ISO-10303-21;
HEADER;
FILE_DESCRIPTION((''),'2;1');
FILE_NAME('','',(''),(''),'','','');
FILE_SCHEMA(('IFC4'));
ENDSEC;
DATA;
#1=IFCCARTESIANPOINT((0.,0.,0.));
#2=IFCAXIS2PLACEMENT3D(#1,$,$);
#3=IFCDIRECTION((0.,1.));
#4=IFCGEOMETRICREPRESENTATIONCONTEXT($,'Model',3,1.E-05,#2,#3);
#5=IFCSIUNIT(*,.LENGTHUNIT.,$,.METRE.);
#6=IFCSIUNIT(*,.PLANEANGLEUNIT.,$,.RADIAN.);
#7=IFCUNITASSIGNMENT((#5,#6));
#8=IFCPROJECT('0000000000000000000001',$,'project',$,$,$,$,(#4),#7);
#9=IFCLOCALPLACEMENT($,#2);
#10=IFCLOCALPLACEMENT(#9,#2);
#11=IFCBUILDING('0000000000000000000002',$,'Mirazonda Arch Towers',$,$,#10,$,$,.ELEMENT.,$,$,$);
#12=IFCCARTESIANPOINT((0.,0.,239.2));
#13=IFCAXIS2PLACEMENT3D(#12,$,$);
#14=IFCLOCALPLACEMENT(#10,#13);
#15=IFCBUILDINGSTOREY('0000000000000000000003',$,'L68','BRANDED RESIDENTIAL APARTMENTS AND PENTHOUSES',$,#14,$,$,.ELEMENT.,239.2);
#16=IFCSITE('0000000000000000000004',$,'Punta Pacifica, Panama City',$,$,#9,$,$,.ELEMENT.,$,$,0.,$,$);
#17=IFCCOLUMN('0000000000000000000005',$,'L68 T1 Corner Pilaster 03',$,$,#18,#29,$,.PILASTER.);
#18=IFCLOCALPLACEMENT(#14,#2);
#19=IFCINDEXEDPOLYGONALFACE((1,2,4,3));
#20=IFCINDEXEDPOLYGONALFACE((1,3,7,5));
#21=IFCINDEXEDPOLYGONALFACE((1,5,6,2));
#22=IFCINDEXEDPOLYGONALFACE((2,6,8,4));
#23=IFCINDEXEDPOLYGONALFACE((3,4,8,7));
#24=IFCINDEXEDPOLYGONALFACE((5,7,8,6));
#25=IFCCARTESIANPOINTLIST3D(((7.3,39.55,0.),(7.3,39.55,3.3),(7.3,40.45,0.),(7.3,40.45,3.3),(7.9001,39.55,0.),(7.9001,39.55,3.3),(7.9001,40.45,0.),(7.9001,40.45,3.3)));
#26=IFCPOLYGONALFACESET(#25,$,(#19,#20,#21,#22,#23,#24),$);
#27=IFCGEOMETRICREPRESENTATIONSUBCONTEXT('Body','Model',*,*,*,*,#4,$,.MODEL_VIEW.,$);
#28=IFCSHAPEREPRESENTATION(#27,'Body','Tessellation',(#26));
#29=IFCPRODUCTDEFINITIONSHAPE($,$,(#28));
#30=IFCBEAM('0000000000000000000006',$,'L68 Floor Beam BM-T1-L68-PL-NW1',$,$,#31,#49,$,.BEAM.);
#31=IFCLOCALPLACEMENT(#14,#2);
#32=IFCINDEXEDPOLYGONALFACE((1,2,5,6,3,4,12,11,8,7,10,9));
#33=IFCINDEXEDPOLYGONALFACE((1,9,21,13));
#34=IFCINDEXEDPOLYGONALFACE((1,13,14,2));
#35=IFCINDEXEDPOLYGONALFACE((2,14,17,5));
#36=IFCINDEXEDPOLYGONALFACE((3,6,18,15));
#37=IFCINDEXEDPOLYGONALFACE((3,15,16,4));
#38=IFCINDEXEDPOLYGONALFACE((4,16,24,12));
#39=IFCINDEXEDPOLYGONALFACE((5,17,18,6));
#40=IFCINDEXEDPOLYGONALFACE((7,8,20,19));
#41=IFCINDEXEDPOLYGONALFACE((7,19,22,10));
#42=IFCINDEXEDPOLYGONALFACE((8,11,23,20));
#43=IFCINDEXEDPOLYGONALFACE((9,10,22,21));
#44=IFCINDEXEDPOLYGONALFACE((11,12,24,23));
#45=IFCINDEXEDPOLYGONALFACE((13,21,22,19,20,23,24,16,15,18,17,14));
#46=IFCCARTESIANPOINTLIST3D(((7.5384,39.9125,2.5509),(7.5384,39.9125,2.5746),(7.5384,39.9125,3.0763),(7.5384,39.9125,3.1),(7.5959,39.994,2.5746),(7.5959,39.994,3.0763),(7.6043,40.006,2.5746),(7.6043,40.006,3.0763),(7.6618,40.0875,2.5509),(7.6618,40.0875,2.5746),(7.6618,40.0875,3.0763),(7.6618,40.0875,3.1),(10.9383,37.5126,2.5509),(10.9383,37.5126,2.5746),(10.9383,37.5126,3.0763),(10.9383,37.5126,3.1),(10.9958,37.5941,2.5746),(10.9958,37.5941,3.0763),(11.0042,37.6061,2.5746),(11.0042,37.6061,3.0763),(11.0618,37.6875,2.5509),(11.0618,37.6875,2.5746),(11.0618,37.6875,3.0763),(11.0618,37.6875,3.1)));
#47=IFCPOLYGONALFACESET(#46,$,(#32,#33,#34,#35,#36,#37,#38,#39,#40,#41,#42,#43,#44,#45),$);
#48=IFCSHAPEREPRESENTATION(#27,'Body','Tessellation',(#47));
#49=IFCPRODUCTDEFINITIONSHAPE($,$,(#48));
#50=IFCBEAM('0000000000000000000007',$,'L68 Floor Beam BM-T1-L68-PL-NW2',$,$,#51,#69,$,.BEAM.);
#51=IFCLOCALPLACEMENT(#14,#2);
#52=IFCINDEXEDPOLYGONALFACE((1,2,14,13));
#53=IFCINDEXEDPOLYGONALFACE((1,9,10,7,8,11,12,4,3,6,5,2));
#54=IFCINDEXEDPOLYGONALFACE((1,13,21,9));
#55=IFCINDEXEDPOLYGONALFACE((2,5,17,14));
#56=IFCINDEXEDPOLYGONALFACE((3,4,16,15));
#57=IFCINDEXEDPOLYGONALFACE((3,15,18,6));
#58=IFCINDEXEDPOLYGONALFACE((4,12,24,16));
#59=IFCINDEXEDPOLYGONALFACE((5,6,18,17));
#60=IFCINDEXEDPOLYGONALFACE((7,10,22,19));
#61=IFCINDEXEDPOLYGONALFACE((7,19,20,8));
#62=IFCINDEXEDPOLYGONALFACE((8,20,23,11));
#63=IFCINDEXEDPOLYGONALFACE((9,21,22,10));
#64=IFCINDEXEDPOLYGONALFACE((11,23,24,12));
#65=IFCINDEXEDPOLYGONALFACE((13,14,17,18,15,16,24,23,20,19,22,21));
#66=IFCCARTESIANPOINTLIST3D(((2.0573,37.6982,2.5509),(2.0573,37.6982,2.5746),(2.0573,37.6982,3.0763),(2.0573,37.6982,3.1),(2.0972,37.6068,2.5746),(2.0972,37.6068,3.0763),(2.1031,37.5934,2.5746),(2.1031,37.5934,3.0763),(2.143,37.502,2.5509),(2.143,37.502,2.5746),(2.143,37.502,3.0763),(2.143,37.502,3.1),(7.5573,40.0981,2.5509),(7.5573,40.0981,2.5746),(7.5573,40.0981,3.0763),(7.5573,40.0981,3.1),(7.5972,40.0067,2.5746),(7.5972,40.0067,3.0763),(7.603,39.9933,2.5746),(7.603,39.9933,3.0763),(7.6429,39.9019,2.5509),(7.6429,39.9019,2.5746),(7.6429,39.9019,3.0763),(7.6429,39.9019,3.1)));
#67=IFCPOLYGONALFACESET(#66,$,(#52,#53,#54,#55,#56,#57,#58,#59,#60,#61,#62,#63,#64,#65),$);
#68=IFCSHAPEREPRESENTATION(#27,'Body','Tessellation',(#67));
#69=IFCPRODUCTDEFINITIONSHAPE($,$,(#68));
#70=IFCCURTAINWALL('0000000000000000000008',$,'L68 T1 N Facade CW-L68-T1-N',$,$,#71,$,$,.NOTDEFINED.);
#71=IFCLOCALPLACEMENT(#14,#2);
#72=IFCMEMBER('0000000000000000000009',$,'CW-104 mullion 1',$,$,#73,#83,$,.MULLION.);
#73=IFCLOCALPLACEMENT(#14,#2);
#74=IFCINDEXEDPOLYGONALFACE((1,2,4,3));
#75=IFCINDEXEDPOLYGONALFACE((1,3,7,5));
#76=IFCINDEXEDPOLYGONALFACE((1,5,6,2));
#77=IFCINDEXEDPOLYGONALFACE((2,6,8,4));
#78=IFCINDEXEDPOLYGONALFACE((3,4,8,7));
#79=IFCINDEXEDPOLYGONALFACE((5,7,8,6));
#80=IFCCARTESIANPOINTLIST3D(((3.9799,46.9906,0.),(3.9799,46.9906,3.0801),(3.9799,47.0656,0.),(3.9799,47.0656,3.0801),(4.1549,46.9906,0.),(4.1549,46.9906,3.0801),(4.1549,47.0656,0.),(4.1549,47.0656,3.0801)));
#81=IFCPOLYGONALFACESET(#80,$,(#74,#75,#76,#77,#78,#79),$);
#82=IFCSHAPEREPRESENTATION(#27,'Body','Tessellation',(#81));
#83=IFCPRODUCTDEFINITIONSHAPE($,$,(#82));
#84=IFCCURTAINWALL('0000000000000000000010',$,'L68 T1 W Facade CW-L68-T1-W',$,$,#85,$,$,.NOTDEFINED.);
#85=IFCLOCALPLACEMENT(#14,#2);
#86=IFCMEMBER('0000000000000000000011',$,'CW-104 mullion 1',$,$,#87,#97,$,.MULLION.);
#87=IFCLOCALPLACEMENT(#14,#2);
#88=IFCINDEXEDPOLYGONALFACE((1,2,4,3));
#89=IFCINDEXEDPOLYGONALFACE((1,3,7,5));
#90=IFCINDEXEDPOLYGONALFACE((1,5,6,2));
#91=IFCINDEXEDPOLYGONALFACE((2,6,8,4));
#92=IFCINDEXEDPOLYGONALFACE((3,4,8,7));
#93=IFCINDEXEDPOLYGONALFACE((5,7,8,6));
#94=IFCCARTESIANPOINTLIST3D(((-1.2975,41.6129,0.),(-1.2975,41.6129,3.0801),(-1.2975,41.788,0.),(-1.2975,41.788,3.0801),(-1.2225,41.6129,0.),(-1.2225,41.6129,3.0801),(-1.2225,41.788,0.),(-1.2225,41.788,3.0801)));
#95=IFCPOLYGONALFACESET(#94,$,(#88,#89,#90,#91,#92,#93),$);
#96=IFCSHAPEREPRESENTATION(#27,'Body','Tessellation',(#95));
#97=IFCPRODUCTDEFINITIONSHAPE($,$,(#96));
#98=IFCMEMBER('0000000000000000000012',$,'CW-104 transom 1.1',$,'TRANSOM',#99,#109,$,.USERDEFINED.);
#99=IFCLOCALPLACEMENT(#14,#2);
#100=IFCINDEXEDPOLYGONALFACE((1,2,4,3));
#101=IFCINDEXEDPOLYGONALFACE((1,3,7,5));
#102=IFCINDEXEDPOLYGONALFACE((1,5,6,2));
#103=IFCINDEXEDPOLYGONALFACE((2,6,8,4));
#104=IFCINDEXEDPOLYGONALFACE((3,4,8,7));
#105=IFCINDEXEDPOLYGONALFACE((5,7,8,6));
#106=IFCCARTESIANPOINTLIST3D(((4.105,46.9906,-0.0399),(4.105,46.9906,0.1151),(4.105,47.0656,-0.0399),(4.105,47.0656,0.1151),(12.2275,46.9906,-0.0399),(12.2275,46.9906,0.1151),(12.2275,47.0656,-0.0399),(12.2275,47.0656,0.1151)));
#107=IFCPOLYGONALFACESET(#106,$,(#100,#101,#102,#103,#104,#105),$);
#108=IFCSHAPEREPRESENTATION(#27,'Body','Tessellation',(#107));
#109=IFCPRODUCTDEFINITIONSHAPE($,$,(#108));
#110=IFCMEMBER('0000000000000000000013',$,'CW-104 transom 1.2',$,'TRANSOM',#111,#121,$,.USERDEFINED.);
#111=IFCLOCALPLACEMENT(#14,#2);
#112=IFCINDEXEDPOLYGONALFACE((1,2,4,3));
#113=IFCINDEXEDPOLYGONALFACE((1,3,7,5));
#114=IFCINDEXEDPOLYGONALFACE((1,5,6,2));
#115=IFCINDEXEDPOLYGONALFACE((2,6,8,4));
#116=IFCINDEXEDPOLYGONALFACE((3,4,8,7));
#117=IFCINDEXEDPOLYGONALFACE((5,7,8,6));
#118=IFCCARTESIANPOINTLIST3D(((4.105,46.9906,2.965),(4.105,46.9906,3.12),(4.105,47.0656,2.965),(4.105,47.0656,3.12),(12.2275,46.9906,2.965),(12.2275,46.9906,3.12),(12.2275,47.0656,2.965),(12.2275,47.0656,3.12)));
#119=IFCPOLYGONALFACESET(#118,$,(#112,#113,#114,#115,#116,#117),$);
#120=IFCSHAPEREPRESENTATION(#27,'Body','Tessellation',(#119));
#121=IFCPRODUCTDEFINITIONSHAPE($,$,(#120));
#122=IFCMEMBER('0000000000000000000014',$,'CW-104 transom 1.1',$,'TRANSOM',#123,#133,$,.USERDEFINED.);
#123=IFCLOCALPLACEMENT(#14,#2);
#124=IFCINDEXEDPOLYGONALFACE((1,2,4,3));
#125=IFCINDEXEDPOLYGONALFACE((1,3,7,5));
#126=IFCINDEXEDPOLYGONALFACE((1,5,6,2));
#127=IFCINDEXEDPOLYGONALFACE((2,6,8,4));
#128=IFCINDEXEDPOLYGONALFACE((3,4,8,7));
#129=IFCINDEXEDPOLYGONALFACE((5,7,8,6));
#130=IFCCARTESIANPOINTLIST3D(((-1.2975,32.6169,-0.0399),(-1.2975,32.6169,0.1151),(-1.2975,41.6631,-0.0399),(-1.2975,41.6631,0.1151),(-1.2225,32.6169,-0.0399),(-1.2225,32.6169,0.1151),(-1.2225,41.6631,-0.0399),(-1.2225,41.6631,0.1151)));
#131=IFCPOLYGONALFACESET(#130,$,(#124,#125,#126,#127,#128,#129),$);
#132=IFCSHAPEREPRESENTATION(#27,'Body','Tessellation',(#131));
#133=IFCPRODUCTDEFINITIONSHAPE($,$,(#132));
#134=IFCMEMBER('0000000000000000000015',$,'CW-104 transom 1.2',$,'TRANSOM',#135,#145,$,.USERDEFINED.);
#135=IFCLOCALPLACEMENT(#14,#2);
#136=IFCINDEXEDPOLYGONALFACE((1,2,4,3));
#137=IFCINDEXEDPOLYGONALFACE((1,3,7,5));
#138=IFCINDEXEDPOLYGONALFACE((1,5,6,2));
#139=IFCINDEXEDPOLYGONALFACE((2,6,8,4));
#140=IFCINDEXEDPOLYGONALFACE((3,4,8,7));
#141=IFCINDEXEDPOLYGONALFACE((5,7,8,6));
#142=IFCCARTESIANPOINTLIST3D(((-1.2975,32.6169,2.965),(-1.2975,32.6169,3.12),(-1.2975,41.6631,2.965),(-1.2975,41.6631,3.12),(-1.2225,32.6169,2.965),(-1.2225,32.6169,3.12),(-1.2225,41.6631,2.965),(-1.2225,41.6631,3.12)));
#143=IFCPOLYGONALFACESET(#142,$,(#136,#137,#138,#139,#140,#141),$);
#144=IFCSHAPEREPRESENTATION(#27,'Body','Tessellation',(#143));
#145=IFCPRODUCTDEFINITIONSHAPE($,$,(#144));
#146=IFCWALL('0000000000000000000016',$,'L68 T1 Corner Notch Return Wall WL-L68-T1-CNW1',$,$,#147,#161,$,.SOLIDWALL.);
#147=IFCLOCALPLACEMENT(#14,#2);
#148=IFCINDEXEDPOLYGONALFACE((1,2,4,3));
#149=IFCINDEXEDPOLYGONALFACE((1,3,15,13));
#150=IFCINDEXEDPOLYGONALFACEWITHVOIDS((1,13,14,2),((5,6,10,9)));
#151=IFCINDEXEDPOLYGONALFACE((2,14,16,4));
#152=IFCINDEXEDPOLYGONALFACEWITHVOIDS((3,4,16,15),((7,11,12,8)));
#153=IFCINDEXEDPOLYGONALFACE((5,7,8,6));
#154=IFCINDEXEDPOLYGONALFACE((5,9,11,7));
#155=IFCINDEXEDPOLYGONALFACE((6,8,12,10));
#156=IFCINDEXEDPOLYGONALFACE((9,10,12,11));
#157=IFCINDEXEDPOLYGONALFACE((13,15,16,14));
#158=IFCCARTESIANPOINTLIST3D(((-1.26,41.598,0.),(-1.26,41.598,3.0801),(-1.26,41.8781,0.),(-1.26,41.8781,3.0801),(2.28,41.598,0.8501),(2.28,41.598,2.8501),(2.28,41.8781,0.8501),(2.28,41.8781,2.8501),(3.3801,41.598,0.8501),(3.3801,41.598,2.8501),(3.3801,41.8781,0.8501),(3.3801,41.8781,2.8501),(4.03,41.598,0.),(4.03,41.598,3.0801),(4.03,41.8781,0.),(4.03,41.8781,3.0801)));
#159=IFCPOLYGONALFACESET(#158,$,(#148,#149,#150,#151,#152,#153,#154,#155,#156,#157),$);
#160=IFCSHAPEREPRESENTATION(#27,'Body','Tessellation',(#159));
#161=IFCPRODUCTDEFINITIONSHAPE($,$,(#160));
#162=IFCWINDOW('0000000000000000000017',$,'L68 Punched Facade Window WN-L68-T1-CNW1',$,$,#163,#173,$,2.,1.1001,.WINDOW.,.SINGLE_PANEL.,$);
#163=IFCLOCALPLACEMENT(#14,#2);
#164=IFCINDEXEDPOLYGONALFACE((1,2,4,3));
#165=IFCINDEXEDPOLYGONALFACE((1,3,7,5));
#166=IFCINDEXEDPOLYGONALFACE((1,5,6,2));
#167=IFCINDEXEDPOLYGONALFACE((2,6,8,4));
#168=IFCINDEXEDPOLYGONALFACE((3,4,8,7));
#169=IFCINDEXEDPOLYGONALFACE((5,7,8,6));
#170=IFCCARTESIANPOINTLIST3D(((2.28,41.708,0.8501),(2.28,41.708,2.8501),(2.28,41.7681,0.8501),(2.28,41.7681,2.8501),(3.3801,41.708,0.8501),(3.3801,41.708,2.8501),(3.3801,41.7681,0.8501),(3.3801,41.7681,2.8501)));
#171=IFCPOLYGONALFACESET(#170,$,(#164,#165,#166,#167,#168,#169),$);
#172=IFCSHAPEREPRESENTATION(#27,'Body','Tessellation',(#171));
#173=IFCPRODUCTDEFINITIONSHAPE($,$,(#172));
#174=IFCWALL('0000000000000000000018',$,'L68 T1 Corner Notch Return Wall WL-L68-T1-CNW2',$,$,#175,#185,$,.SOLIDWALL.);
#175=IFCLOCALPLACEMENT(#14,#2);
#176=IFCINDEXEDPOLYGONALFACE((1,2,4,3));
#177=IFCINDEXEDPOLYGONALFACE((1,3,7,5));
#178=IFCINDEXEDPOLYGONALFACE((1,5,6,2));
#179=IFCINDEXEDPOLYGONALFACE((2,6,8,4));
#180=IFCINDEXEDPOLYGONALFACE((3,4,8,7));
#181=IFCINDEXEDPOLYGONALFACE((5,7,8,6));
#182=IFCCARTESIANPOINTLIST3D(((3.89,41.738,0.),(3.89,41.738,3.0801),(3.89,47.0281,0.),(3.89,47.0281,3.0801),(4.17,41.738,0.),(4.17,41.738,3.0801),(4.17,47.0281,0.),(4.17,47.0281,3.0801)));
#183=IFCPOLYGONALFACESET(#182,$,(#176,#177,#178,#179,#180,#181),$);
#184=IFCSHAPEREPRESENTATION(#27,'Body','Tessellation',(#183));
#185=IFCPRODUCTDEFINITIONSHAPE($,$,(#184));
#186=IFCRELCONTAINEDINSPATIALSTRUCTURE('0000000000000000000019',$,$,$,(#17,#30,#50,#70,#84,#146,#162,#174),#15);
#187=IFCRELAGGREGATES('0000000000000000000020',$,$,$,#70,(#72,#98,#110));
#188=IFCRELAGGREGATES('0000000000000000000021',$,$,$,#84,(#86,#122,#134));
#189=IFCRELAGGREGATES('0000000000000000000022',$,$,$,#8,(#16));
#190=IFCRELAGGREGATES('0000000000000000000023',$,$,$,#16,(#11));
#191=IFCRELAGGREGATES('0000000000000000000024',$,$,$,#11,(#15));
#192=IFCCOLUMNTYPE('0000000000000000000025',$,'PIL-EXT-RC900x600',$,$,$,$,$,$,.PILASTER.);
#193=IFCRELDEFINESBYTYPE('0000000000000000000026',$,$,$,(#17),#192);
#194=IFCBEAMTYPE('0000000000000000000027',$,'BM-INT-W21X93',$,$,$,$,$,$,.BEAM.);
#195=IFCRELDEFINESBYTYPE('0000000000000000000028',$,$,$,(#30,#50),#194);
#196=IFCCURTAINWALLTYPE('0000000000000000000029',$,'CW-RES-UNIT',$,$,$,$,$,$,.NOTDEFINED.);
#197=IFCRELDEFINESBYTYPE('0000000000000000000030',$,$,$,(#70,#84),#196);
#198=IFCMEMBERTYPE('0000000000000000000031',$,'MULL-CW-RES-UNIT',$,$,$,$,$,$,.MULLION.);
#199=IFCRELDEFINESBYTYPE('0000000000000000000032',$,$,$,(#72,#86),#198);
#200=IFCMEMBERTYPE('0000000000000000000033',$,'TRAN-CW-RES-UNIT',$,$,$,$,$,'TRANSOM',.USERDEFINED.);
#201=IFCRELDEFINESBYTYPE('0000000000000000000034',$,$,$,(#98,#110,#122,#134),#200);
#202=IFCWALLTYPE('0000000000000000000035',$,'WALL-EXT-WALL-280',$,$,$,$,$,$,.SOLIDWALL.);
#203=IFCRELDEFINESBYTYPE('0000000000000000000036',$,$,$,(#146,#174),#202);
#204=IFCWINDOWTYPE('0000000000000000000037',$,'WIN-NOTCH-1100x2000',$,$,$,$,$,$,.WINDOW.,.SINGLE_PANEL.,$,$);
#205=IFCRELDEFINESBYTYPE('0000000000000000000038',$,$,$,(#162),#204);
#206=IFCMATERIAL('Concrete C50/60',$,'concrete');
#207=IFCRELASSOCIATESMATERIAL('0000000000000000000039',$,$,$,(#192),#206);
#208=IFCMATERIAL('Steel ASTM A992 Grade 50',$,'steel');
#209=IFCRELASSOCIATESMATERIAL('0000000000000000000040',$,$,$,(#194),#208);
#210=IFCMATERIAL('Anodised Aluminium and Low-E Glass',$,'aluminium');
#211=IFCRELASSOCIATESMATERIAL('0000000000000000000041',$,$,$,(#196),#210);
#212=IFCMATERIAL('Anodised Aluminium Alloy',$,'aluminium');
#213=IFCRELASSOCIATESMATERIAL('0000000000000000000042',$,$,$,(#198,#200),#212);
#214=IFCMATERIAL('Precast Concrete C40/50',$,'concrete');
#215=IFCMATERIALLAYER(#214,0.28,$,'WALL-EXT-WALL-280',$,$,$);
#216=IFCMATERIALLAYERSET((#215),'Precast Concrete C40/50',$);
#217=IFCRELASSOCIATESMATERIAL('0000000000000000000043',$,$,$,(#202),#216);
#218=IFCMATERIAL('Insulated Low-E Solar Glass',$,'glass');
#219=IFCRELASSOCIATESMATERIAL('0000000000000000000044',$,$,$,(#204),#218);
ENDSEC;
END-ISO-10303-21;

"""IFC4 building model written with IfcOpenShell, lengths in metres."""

from ifc_helpers import new_model, si_unit, direction, frame, frame_2d, origin, origin_2d, place, context, subcontext, project, spatial, rectangle, i_section, extrude, material, layer, layer_set, material_profile, profile_set, type_object, element, fill, aggregate, save


model = new_model("IFC4")

# Units and contexts
model_context = context("Model", 3, precision=1e-05, world=origin(), true_north=direction((0.0, 1.0)))
body_context = subcontext(model_context, "Body", "Model", "MODEL_VIEW")
ifc_project = project(units=[si_unit("LENGTHUNIT", "METRE"), si_unit("PLANEANGLEUNIT", "RADIAN")], contexts=[model_context])

# Site, building, storey
site_placement = place(None, origin())
site = spatial("IfcSite", under=ifc_project, at=site_placement, Name="Punta Pacifica, Panama City", CompositionType="ELEMENT", RefElevation=0.0)
building_placement = place(site_placement, origin())
building = spatial("IfcBuilding", under=site, at=building_placement, Name="Mirazonda Arch Towers", CompositionType="ELEMENT")
storey_placement = place(building_placement, frame((0.0, 0.0, 239.2)))
storey = spatial("IfcBuildingStorey", under=building, at=storey_placement, Name="L68", Description="BRANDED RESIDENTIAL APARTMENTS AND PENTHOUSES", CompositionType="ELEMENT", Elevation=239.2)

# Column
ifc_material_1 = material(Name="Concrete C50/60", Category="concrete")
ifc_material_profile_1 = material_profile(ifc_material_1, rectangle(XDim=0.6001, YDim=0.8999, at=origin_2d()), Name="RC900x600")
ifc_profile_set_1 = profile_set([ifc_material_profile_1], Name="Concrete C50/60")
column_type = type_object("IfcColumnType", Name="PIL-EXT-RC900x600", PredefinedType="PILASTER", material=ifc_profile_set_1)
column_placement = place(storey_placement, frame((7.6001, 40.0, 0.0), z_axis=(0.0, 0.0, 1.0), x_axis=(1.0, 0.0, 0.0)))
element("IfcColumn", 1, at=column_placement, inside=storey, type_object=column_type, Name="L68 T1 Corner Pilaster 03", PredefinedType="PILASTER", context=body_context, shape_type="SweptSolid", body=[
    extrude(rectangle(XDim=0.6001, YDim=0.8999, at=origin_2d()), origin(), (0.0, 0.0, 1.0), 3.3),
])

# Beams
ifc_material_2 = material(Name="Steel ASTM A992 Grade 50", Category="steel")
ifc_material_profile_2 = material_profile(ifc_material_2, i_section(OverallWidth=0.2141, OverallDepth=0.5491, WebThickness=0.0146, FlangeThickness=0.0237, at=origin_2d()), Name="W21X93")
ifc_profile_set_2 = profile_set([ifc_material_profile_2], Name="Steel ASTM A992 Grade 50")
beam_type = type_object("IfcBeamType", Name="BM-INT-W21X93", PredefinedType="BEAM", material=ifc_profile_set_2)
beam_1_placement = place(storey_placement, frame((7.6001, 40.0, 2.8254), z_axis=(0.816971, -0.576679, 0.0), x_axis=(0.576679, 0.816971, 0.0)))
element("IfcBeam", 2, at=beam_1_placement, inside=storey, type_object=beam_type, Name="L68 Floor Beam BM-T1-L68-PL-NW1", PredefinedType="BEAM", context=body_context, shape_type="SweptSolid", body=[
    extrude(i_section(OverallWidth=0.2141, OverallDepth=0.5491, WebThickness=0.0146, FlangeThickness=0.0237, at=origin_2d()), origin(), (0.0, 0.0, 1.0), 4.1616),
])
beam_2_placement = place(storey_placement, frame((7.6001, 40.0, 2.8254), z_axis=(-0.916545, -0.399931, 0.0), x_axis=(0.399931, -0.916545, 0.0)))
element("IfcBeam", 3, at=beam_2_placement, inside=storey, type_object=beam_type, Name="L68 Floor Beam BM-T1-L68-PL-NW2", PredefinedType="BEAM", context=body_context, shape_type="SweptSolid", body=[
    extrude(i_section(OverallWidth=0.2141, OverallDepth=0.5491, WebThickness=0.0146, FlangeThickness=0.0237, at=origin_2d()), origin(), (0.0, 0.0, 1.0), 6.0007),
])

# Curtain walls, members
ifc_material_3 = material(Name="Anodised Aluminium and Low-E Glass", Category="aluminium")
curtain_wall_type = type_object("IfcCurtainWallType", Name="CW-RES-UNIT", PredefinedType="NOTDEFINED", material=ifc_material_3)
curtain_wall_1_placement = place(storey_placement, origin())
curtain_wall_1 = element("IfcCurtainWall", 4, at=curtain_wall_1_placement, inside=storey, type_object=curtain_wall_type, Name="L68 T1 N Facade CW-L68-T1-N", PredefinedType="NOTDEFINED")
ifc_material_4 = material(Name="Anodised Aluminium Alloy", Category="aluminium")
ifc_material_profile_3 = material_profile(ifc_material_4, rectangle(XDim=0.075, YDim=0.175, at=origin_2d()), Name="ALU-MULL-75x175")
ifc_profile_set_3 = profile_set([ifc_material_profile_3], Name="Anodised Aluminium Alloy")
member_type_1 = type_object("IfcMemberType", Name="MULL-CW-RES-UNIT", PredefinedType="MULLION", material=ifc_profile_set_3)
member_1_placement = place(storey_placement, frame((4.0674, 47.0281, 0.0), z_axis=(0.0, 0.0, 1.0), x_axis=(0.0, 1.0, 0.0)))
member_1 = element("IfcMember", 5, at=member_1_placement, type_object=member_type_1, Name="CW-104 mullion 1", PredefinedType="MULLION", context=body_context, shape_type="SweptSolid", body=[
    extrude(rectangle(XDim=0.075, YDim=0.175, at=origin_2d()), origin(), (0.0, 0.0, 1.0), 3.0801),
])
curtain_wall_2_placement = place(storey_placement, origin())
curtain_wall_2 = element("IfcCurtainWall", 6, at=curtain_wall_2_placement, inside=storey, type_object=curtain_wall_type, Name="L68 T1 W Facade CW-L68-T1-W", PredefinedType="NOTDEFINED")
member_2_placement = place(storey_placement, frame((-1.26, 41.7004, 0.0), z_axis=(0.0, 0.0, 1.0), x_axis=(1.0, 0.0, 0.0)))
member_2 = element("IfcMember", 7, at=member_2_placement, type_object=member_type_1, Name="CW-104 mullion 1", PredefinedType="MULLION", context=body_context, shape_type="SweptSolid", body=[
    extrude(rectangle(XDim=0.075, YDim=0.175, at=origin_2d()), origin(), (0.0, 0.0, 1.0), 3.0801),
])

# Members
ifc_material_profile_4 = material_profile(ifc_material_4, rectangle(XDim=0.075, YDim=0.155, at=origin_2d()), Name="ALU-TRAN-75x155")
ifc_profile_set_4 = profile_set([ifc_material_profile_4], Name="Anodised Aluminium Alloy")
member_type_2 = type_object("IfcMemberType", Name="TRAN-CW-RES-UNIT", ElementType="TRANSOM", PredefinedType="USERDEFINED", material=ifc_profile_set_4)
member_3_placement = place(storey_placement, frame((4.105, 47.0281, 0.0376), z_axis=(1.0, 0.0, 0.0), x_axis=(0.0, 1.0, 0.0)))
member_3 = element("IfcMember", 8, at=member_3_placement, type_object=member_type_2, Name="CW-104 transom 1.1", ObjectType="TRANSOM", PredefinedType="USERDEFINED", context=body_context, shape_type="SweptSolid", body=[
    extrude(rectangle(XDim=0.075, YDim=0.155, at=origin_2d()), origin(), (0.0, 0.0, 1.0), 8.1226),
])
member_4_placement = place(storey_placement, frame((4.105, 47.0281, 3.0425), z_axis=(1.0, 0.0, 0.0), x_axis=(0.0, 1.0, 0.0)))
member_4 = element("IfcMember", 9, at=member_4_placement, type_object=member_type_2, Name="CW-104 transom 1.2", ObjectType="TRANSOM", PredefinedType="USERDEFINED", context=body_context, shape_type="SweptSolid", body=[
    extrude(rectangle(XDim=0.075, YDim=0.155, at=origin_2d()), origin(), (0.0, 0.0, 1.0), 8.1226),
])
aggregate(curtain_wall_1, [member_1, member_3, member_4])
member_5_placement = place(storey_placement, frame((-1.26, 41.6631, 0.0376), z_axis=(0.0, -1.0, 0.0), x_axis=(1.0, 0.0, 0.0)))
member_5 = element("IfcMember", 10, at=member_5_placement, type_object=member_type_2, Name="CW-104 transom 1.1", ObjectType="TRANSOM", PredefinedType="USERDEFINED", context=body_context, shape_type="SweptSolid", body=[
    extrude(rectangle(XDim=0.075, YDim=0.155, at=origin_2d()), origin(), (0.0, 0.0, 1.0), 9.0461),
])
member_6_placement = place(storey_placement, frame((-1.26, 41.6631, 3.0425), z_axis=(0.0, -1.0, 0.0), x_axis=(1.0, 0.0, 0.0)))
member_6 = element("IfcMember", 11, at=member_6_placement, type_object=member_type_2, Name="CW-104 transom 1.2", ObjectType="TRANSOM", PredefinedType="USERDEFINED", context=body_context, shape_type="SweptSolid", body=[
    extrude(rectangle(XDim=0.075, YDim=0.155, at=origin_2d()), origin(), (0.0, 0.0, 1.0), 9.0461),
])
aggregate(curtain_wall_2, [member_2, member_5, member_6])

# Wall, opening, window
ifc_material_5 = material(Name="Precast Concrete C40/50", Category="concrete")
ifc_layer_1 = layer(ifc_material_5, 0.28, Name="WALL-EXT-WALL-280")
ifc_layer_set_1 = layer_set([ifc_layer_1], Name="Precast Concrete C40/50")
wall_type_1 = type_object("IfcWallType", Name="WALL-EXT-WALL-280", PredefinedType="SOLIDWALL", material=ifc_layer_set_1)
wall_1_placement = place(storey_placement, frame((4.03, 41.738, 0.0), z_axis=(0.0, 0.0, 1.0), x_axis=(-1.0, 0.0, 0.0)))
wall_1 = element("IfcWall", 12, at=wall_1_placement, inside=storey, type_object=wall_type_1, Name="L68 T1 Corner Notch Return Wall WL-L68-T1-CNW1", PredefinedType="SOLIDWALL", context=body_context, shape_type="SweptSolid", body=[
    extrude(rectangle(XDim=5.29, YDim=0.28, at=frame_2d((2.645, 0.0))), origin(), (0.0, 0.0, 1.0), 3.0801),
])
opening_1_placement = place(wall_1_placement, frame((0.6499, 0.0, 0.8501)))
opening_1 = element("IfcOpeningElement", 13, at=opening_1_placement, cuts=wall_1, PredefinedType="OPENING", context=body_context, shape_type="SweptSolid", body=[
    extrude(rectangle(XDim=1.1001, YDim=2.0, at=frame_2d((0.55, 1.0))), frame((0.0, 0.1499, 0.0), z_axis=(0.0, -1.0, 0.0), x_axis=(1.0, 0.0, 0.0)), (0.0, 0.0, 1.0), 0.3),
])
ifc_material_6 = material(Name="Insulated Low-E Solar Glass", Category="glass")
window_type = type_object("IfcWindowType", Name="WIN-NOTCH-1100x2000", PartitioningType="SINGLE_PANEL", PredefinedType="WINDOW", material=ifc_material_6)
window_placement = place(opening_1_placement, origin())
window = element("IfcWindow", 14, at=window_placement, inside=storey, type_object=window_type, Name="L68 Punched Facade Window WN-L68-T1-CNW1", OverallHeight=2.0, OverallWidth=1.1001, PartitioningType="SINGLE_PANEL", PredefinedType="WINDOW", context=body_context, shape_type="SweptSolid", body=[
    extrude(rectangle(XDim=1.1001, YDim=2.0, at=frame_2d((0.55, 1.0))), frame((0.0, 0.03, 0.0), z_axis=(0.0, -1.0, 0.0), x_axis=(1.0, 0.0, 0.0)), (0.0, 0.0, 1.0), 0.0601),
])
fill(opening_1, window)

# Wall
wall_2_placement = place(storey_placement, frame((4.03, 47.0281, 0.0), z_axis=(0.0, 0.0, 1.0), x_axis=(0.0, -1.0, 0.0)))
element("IfcWall", 15, at=wall_2_placement, inside=storey, type_object=wall_type_1, Name="L68 T1 Corner Notch Return Wall WL-L68-T1-CNW2", PredefinedType="SOLIDWALL", context=body_context, shape_type="SweptSolid", body=[
    extrude(rectangle(XDim=5.29, YDim=0.28, at=frame_2d((2.645, 0.0))), origin(), (0.0, 0.0, 1.0), 3.0801),
])

save(model, "model.ifc")
